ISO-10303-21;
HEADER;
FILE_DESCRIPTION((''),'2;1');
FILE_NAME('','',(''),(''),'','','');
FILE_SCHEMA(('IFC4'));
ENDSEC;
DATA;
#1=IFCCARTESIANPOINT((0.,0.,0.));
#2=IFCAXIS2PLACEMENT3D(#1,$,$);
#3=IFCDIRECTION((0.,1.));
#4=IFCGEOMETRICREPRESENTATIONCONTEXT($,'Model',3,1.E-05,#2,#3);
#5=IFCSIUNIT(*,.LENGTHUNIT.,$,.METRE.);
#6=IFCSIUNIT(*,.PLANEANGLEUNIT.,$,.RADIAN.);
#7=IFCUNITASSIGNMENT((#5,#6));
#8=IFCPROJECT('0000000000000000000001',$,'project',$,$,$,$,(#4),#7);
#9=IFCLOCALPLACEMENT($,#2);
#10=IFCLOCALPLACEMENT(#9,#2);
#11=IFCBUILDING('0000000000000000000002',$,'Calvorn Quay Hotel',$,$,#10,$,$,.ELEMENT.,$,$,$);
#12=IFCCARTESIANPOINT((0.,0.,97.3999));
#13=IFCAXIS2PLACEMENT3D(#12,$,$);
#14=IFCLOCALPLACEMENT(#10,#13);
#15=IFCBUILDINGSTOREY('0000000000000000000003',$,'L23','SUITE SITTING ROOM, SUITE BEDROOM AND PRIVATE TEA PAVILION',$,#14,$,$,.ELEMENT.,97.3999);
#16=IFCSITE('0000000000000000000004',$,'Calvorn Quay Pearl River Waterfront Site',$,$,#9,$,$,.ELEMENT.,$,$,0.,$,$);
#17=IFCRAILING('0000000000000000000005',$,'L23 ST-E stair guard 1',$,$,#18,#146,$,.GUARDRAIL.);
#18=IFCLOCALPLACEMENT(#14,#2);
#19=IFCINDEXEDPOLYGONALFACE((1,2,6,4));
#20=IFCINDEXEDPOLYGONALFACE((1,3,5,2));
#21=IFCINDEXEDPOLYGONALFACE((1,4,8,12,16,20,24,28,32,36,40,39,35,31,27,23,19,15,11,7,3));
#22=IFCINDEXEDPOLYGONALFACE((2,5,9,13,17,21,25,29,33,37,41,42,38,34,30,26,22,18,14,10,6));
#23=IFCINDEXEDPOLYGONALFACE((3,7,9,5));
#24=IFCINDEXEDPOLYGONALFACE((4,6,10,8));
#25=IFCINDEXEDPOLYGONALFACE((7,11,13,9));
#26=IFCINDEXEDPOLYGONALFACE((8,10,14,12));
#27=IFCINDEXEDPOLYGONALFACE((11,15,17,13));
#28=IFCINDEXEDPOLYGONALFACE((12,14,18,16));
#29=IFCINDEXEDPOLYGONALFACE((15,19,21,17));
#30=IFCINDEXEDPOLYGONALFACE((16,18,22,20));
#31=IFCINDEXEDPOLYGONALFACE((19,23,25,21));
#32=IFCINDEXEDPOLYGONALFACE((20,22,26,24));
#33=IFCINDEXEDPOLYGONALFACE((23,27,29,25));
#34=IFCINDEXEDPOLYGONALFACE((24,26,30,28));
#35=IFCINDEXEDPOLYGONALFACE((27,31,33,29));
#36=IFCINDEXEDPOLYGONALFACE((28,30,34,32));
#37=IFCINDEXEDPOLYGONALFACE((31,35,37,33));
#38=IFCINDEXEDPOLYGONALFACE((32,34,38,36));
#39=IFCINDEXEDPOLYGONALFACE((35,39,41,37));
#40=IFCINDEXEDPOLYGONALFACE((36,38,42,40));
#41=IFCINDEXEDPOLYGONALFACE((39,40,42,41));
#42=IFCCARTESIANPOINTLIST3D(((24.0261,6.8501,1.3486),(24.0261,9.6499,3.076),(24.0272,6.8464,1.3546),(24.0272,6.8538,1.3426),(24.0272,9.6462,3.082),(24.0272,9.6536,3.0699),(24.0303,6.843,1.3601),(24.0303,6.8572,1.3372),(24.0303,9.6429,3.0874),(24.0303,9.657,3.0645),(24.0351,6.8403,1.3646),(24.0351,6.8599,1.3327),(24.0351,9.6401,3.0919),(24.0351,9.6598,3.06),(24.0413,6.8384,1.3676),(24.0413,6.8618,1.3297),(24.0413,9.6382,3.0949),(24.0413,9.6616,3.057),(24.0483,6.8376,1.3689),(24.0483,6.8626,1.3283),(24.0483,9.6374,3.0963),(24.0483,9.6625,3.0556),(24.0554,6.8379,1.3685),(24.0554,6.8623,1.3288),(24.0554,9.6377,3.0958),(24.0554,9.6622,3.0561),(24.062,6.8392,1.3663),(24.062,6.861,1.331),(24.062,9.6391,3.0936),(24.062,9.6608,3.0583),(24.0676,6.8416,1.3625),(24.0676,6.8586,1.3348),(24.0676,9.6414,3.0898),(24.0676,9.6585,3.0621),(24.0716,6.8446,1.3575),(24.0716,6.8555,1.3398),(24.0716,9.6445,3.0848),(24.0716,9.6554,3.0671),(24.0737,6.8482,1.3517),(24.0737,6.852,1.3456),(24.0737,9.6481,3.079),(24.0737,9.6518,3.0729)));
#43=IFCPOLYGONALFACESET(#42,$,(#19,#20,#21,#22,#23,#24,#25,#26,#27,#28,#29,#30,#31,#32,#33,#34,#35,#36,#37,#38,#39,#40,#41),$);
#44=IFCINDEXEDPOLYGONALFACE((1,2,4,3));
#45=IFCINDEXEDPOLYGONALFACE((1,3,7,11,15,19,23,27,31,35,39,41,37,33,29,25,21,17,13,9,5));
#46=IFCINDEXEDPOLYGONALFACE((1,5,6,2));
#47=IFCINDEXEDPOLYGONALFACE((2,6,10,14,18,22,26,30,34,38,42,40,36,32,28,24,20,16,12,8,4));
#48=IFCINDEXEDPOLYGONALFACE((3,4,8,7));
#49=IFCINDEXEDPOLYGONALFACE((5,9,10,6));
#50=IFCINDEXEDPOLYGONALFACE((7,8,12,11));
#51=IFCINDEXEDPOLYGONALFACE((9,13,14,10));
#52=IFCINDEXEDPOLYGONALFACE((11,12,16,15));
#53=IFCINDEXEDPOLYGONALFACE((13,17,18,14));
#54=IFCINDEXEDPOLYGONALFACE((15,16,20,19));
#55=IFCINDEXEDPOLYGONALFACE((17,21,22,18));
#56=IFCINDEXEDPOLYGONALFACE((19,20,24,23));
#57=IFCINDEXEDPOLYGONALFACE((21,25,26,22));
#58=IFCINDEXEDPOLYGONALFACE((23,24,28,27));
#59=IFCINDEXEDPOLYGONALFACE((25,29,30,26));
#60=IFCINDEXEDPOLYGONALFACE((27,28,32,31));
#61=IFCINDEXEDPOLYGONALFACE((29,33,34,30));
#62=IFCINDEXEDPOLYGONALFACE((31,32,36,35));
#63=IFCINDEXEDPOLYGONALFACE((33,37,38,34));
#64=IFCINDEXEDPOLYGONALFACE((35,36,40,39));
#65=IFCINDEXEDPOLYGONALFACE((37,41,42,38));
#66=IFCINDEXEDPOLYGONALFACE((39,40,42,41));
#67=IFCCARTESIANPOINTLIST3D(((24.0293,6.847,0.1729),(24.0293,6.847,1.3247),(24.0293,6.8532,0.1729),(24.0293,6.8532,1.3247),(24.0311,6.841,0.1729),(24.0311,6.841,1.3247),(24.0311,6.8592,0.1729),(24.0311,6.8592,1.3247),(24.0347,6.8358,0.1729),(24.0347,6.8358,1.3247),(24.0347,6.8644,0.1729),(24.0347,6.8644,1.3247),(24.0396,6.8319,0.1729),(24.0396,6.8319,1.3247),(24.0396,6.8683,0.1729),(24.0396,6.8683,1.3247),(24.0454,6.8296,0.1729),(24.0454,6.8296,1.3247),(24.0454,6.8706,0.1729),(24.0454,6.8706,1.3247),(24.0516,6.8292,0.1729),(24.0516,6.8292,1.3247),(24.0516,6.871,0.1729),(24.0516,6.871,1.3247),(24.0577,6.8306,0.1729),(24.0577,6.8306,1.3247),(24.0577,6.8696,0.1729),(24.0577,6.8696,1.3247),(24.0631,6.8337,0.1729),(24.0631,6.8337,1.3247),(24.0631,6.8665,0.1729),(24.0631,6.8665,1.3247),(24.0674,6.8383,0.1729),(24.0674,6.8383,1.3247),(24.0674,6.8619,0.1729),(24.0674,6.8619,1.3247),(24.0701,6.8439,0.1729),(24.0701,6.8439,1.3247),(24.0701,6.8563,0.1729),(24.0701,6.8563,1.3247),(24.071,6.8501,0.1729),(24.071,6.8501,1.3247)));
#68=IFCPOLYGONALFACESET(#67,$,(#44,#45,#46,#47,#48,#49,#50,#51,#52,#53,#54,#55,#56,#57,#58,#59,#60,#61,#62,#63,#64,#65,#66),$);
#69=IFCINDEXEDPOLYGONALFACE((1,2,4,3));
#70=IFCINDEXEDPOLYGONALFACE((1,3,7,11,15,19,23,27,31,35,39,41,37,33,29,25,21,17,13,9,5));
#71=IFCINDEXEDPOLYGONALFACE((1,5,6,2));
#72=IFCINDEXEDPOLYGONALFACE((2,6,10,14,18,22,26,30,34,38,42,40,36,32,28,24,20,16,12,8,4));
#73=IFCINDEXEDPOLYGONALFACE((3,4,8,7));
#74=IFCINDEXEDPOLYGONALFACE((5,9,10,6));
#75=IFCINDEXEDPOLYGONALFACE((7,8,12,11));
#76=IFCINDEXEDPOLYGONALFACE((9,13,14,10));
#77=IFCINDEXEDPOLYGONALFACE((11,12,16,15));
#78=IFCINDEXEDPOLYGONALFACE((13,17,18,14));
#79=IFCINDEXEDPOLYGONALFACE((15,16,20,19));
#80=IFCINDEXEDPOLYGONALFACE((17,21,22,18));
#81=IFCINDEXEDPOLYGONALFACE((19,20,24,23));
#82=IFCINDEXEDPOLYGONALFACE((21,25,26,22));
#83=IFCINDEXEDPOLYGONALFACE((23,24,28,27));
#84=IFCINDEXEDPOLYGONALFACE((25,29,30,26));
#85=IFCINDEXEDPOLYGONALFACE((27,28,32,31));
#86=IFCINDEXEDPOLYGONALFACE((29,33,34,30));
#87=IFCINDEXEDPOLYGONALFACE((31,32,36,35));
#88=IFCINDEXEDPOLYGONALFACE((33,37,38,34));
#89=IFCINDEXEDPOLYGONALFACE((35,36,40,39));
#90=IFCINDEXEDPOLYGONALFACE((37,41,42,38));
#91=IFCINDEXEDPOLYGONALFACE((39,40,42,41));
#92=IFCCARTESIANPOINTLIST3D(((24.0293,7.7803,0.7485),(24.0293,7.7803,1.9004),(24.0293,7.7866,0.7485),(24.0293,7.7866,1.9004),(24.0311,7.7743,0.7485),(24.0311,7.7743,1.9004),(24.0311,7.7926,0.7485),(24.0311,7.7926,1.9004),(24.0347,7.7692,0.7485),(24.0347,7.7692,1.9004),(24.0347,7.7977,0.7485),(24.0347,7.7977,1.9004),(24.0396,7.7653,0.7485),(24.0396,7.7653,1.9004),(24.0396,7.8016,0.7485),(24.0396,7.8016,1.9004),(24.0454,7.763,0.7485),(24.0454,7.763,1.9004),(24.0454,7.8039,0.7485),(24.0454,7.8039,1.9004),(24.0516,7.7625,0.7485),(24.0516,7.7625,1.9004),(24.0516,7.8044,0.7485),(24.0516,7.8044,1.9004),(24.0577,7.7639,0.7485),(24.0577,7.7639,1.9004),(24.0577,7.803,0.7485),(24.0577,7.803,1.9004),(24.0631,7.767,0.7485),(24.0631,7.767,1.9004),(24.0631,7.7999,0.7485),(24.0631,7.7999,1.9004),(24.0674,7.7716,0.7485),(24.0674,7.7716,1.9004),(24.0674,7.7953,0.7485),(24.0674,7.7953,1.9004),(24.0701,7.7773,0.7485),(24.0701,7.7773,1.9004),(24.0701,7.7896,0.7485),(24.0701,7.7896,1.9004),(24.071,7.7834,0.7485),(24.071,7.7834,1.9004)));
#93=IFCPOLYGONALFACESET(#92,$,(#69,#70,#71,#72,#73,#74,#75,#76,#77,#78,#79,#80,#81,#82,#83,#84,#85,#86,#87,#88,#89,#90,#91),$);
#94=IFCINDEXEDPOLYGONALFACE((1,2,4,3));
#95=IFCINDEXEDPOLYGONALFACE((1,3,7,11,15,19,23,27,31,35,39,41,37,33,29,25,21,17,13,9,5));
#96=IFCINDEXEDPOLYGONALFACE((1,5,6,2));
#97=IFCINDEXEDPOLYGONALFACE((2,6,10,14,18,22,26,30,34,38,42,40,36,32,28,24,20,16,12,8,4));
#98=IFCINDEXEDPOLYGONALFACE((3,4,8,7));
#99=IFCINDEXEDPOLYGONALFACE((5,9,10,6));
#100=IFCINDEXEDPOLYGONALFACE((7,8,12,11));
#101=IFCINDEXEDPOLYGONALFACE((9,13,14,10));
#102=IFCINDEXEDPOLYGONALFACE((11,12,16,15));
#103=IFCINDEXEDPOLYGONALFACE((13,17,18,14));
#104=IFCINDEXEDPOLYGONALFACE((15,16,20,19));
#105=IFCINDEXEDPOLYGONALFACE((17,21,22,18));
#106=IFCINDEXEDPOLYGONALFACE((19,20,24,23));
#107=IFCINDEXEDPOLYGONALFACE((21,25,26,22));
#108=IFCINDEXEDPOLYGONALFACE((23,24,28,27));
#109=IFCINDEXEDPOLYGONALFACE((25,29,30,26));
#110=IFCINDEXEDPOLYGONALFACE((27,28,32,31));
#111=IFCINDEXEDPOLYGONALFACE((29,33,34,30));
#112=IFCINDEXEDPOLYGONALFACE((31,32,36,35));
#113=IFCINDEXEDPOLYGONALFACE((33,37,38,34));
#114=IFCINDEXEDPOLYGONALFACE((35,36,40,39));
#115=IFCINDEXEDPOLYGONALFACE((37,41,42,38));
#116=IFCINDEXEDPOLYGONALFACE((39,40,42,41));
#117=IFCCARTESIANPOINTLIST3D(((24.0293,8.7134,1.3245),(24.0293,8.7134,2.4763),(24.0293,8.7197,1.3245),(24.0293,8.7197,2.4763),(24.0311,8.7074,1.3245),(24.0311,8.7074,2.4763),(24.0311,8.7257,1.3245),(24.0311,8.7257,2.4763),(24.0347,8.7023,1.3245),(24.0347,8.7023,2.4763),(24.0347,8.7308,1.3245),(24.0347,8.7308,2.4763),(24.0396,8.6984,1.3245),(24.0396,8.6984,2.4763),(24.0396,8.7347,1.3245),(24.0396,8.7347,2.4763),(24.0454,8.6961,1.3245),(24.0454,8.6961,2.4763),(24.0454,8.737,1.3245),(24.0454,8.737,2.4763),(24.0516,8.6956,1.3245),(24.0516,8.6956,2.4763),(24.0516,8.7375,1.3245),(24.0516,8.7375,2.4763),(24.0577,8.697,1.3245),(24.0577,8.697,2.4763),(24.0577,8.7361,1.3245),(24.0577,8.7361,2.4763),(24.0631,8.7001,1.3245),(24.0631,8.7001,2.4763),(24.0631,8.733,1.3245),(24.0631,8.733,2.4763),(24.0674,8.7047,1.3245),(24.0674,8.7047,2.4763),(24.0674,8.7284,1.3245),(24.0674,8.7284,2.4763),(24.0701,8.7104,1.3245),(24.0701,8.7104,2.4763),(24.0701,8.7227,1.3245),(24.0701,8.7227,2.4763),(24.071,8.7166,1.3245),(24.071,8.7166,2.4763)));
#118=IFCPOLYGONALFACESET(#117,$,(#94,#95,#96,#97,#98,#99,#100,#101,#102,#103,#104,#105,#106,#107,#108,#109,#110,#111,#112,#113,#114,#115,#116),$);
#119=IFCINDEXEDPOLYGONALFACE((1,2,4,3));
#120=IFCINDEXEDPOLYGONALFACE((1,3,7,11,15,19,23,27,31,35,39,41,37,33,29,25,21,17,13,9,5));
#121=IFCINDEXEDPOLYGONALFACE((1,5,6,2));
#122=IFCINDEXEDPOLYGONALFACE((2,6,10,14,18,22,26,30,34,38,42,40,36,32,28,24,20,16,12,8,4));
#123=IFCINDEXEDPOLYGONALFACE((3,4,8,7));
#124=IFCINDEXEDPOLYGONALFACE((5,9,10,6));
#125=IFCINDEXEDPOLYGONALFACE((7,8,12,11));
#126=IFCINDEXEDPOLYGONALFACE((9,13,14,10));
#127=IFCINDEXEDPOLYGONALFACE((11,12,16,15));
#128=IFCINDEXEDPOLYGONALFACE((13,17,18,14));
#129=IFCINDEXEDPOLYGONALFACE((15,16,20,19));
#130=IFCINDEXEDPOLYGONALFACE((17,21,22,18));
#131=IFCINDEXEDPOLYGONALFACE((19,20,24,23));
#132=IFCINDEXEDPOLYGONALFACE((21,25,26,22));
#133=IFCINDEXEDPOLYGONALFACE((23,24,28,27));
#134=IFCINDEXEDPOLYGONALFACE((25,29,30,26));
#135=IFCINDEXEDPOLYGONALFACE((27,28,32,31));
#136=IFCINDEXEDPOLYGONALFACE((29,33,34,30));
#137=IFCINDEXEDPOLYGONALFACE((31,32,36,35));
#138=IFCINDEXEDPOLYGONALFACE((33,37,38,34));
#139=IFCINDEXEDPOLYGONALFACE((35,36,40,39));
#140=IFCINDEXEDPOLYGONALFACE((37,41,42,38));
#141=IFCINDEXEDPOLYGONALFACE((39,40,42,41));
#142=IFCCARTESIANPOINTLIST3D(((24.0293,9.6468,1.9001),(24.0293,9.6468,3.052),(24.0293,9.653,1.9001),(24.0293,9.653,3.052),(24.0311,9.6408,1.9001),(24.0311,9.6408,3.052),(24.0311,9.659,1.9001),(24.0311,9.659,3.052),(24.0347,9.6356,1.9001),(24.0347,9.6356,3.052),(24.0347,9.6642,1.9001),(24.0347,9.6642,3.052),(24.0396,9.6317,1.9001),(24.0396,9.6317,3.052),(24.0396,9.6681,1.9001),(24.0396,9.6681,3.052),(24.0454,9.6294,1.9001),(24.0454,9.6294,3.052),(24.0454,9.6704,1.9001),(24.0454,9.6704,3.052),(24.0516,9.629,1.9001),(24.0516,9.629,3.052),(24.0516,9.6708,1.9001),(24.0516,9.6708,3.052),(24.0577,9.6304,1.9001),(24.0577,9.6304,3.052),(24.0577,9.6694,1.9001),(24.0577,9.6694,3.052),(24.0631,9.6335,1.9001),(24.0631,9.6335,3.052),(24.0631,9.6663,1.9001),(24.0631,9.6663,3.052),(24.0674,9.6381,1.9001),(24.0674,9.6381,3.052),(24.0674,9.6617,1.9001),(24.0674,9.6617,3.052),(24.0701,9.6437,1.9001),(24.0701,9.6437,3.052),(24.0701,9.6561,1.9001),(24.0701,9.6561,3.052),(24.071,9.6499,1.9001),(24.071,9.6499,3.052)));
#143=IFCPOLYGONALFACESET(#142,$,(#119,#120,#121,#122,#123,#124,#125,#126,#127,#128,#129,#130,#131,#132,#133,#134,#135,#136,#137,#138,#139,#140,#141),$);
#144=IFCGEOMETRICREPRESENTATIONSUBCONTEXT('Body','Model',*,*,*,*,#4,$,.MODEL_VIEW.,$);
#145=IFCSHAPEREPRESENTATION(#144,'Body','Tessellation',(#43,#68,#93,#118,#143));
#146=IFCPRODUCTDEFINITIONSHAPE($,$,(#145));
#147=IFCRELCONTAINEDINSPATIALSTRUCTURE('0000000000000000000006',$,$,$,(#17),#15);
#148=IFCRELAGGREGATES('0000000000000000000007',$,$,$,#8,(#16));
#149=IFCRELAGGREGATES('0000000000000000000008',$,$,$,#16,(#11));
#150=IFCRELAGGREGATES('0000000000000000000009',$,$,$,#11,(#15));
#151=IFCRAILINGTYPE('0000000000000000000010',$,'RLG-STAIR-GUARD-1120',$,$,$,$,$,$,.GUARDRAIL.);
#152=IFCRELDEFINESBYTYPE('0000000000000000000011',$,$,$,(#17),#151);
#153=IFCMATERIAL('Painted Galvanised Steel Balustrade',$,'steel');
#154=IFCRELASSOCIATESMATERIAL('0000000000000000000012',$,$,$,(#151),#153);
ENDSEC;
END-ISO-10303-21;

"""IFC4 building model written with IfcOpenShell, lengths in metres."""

from ifc_helpers import new_model, si_unit, direction, frame, origin, origin_2d, place, context, subcontext, project, spatial, circle, extrude, material, type_object, element, save


model = new_model("IFC4")

# Units and contexts
model_context = context("Model", 3, precision=1e-05, world=origin(), true_north=direction((0.0, 1.0)))
body_context = subcontext(model_context, "Body", "Model", "MODEL_VIEW")
ifc_project = project(units=[si_unit("LENGTHUNIT", "METRE"), si_unit("PLANEANGLEUNIT", "RADIAN")], contexts=[model_context])

# Site, building, storey
site_placement = place(None, origin())
site = spatial("IfcSite", under=ifc_project, at=site_placement, Name="Calvorn Quay Pearl River Waterfront Site", CompositionType="ELEMENT", RefElevation=0.0)
building_placement = place(site_placement, origin())
building = spatial("IfcBuilding", under=site, at=building_placement, Name="Calvorn Quay Hotel", CompositionType="ELEMENT")
storey_placement = place(building_placement, frame((0.0, 0.0, 97.3999)))
storey = spatial("IfcBuildingStorey", under=building, at=storey_placement, Name="L23", Description="SUITE SITTING ROOM, SUITE BEDROOM AND PRIVATE TEA PAVILION", CompositionType="ELEMENT", Elevation=97.3999)

# Railing
ifc_material_1 = material(Name="Painted Galvanised Steel Balustrade", Category="steel")
railing_type_1 = type_object("IfcRailingType", Name="RLG-STAIR-GUARD-1120", PredefinedType="GUARDRAIL", material=ifc_material_1)
railing_1_placement = place(storey_placement, frame((24.05, 6.8501, 0.1729)))
element("IfcRailing", 1, at=railing_1_placement, inside=storey, type_object=railing_type_1, Name="L23 ST-E stair guard 1", PredefinedType="GUARDRAIL", context=body_context, shape_type="SweptSolid", body=[
    extrude(circle(Radius=0.0239, at=origin_2d()), frame((0.0, 0.0, 1.1758), z_axis=(0.0, 0.851069, 0.525054), x_axis=(-1.0, 0.0, 0.0)), (0.0, 0.0, 1.0), 3.2898),
    extrude(circle(Radius=0.021, at=origin_2d()), origin(), (0.0, 0.0, 1.0), 1.1519),
    extrude(circle(Radius=0.021, at=origin_2d()), frame((0.0, 0.9333, 0.5757)), (0.0, 0.0, 1.0), 1.1519),
    extrude(circle(Radius=0.021, at=origin_2d()), frame((0.0, 1.8665, 1.1516)), (0.0, 0.0, 1.0), 1.1519),
    extrude(circle(Radius=0.021, at=origin_2d()), frame((0.0, 2.7998, 1.7273)), (0.0, 0.0, 1.0), 1.1519),
])

save(model, "model.ifc")
